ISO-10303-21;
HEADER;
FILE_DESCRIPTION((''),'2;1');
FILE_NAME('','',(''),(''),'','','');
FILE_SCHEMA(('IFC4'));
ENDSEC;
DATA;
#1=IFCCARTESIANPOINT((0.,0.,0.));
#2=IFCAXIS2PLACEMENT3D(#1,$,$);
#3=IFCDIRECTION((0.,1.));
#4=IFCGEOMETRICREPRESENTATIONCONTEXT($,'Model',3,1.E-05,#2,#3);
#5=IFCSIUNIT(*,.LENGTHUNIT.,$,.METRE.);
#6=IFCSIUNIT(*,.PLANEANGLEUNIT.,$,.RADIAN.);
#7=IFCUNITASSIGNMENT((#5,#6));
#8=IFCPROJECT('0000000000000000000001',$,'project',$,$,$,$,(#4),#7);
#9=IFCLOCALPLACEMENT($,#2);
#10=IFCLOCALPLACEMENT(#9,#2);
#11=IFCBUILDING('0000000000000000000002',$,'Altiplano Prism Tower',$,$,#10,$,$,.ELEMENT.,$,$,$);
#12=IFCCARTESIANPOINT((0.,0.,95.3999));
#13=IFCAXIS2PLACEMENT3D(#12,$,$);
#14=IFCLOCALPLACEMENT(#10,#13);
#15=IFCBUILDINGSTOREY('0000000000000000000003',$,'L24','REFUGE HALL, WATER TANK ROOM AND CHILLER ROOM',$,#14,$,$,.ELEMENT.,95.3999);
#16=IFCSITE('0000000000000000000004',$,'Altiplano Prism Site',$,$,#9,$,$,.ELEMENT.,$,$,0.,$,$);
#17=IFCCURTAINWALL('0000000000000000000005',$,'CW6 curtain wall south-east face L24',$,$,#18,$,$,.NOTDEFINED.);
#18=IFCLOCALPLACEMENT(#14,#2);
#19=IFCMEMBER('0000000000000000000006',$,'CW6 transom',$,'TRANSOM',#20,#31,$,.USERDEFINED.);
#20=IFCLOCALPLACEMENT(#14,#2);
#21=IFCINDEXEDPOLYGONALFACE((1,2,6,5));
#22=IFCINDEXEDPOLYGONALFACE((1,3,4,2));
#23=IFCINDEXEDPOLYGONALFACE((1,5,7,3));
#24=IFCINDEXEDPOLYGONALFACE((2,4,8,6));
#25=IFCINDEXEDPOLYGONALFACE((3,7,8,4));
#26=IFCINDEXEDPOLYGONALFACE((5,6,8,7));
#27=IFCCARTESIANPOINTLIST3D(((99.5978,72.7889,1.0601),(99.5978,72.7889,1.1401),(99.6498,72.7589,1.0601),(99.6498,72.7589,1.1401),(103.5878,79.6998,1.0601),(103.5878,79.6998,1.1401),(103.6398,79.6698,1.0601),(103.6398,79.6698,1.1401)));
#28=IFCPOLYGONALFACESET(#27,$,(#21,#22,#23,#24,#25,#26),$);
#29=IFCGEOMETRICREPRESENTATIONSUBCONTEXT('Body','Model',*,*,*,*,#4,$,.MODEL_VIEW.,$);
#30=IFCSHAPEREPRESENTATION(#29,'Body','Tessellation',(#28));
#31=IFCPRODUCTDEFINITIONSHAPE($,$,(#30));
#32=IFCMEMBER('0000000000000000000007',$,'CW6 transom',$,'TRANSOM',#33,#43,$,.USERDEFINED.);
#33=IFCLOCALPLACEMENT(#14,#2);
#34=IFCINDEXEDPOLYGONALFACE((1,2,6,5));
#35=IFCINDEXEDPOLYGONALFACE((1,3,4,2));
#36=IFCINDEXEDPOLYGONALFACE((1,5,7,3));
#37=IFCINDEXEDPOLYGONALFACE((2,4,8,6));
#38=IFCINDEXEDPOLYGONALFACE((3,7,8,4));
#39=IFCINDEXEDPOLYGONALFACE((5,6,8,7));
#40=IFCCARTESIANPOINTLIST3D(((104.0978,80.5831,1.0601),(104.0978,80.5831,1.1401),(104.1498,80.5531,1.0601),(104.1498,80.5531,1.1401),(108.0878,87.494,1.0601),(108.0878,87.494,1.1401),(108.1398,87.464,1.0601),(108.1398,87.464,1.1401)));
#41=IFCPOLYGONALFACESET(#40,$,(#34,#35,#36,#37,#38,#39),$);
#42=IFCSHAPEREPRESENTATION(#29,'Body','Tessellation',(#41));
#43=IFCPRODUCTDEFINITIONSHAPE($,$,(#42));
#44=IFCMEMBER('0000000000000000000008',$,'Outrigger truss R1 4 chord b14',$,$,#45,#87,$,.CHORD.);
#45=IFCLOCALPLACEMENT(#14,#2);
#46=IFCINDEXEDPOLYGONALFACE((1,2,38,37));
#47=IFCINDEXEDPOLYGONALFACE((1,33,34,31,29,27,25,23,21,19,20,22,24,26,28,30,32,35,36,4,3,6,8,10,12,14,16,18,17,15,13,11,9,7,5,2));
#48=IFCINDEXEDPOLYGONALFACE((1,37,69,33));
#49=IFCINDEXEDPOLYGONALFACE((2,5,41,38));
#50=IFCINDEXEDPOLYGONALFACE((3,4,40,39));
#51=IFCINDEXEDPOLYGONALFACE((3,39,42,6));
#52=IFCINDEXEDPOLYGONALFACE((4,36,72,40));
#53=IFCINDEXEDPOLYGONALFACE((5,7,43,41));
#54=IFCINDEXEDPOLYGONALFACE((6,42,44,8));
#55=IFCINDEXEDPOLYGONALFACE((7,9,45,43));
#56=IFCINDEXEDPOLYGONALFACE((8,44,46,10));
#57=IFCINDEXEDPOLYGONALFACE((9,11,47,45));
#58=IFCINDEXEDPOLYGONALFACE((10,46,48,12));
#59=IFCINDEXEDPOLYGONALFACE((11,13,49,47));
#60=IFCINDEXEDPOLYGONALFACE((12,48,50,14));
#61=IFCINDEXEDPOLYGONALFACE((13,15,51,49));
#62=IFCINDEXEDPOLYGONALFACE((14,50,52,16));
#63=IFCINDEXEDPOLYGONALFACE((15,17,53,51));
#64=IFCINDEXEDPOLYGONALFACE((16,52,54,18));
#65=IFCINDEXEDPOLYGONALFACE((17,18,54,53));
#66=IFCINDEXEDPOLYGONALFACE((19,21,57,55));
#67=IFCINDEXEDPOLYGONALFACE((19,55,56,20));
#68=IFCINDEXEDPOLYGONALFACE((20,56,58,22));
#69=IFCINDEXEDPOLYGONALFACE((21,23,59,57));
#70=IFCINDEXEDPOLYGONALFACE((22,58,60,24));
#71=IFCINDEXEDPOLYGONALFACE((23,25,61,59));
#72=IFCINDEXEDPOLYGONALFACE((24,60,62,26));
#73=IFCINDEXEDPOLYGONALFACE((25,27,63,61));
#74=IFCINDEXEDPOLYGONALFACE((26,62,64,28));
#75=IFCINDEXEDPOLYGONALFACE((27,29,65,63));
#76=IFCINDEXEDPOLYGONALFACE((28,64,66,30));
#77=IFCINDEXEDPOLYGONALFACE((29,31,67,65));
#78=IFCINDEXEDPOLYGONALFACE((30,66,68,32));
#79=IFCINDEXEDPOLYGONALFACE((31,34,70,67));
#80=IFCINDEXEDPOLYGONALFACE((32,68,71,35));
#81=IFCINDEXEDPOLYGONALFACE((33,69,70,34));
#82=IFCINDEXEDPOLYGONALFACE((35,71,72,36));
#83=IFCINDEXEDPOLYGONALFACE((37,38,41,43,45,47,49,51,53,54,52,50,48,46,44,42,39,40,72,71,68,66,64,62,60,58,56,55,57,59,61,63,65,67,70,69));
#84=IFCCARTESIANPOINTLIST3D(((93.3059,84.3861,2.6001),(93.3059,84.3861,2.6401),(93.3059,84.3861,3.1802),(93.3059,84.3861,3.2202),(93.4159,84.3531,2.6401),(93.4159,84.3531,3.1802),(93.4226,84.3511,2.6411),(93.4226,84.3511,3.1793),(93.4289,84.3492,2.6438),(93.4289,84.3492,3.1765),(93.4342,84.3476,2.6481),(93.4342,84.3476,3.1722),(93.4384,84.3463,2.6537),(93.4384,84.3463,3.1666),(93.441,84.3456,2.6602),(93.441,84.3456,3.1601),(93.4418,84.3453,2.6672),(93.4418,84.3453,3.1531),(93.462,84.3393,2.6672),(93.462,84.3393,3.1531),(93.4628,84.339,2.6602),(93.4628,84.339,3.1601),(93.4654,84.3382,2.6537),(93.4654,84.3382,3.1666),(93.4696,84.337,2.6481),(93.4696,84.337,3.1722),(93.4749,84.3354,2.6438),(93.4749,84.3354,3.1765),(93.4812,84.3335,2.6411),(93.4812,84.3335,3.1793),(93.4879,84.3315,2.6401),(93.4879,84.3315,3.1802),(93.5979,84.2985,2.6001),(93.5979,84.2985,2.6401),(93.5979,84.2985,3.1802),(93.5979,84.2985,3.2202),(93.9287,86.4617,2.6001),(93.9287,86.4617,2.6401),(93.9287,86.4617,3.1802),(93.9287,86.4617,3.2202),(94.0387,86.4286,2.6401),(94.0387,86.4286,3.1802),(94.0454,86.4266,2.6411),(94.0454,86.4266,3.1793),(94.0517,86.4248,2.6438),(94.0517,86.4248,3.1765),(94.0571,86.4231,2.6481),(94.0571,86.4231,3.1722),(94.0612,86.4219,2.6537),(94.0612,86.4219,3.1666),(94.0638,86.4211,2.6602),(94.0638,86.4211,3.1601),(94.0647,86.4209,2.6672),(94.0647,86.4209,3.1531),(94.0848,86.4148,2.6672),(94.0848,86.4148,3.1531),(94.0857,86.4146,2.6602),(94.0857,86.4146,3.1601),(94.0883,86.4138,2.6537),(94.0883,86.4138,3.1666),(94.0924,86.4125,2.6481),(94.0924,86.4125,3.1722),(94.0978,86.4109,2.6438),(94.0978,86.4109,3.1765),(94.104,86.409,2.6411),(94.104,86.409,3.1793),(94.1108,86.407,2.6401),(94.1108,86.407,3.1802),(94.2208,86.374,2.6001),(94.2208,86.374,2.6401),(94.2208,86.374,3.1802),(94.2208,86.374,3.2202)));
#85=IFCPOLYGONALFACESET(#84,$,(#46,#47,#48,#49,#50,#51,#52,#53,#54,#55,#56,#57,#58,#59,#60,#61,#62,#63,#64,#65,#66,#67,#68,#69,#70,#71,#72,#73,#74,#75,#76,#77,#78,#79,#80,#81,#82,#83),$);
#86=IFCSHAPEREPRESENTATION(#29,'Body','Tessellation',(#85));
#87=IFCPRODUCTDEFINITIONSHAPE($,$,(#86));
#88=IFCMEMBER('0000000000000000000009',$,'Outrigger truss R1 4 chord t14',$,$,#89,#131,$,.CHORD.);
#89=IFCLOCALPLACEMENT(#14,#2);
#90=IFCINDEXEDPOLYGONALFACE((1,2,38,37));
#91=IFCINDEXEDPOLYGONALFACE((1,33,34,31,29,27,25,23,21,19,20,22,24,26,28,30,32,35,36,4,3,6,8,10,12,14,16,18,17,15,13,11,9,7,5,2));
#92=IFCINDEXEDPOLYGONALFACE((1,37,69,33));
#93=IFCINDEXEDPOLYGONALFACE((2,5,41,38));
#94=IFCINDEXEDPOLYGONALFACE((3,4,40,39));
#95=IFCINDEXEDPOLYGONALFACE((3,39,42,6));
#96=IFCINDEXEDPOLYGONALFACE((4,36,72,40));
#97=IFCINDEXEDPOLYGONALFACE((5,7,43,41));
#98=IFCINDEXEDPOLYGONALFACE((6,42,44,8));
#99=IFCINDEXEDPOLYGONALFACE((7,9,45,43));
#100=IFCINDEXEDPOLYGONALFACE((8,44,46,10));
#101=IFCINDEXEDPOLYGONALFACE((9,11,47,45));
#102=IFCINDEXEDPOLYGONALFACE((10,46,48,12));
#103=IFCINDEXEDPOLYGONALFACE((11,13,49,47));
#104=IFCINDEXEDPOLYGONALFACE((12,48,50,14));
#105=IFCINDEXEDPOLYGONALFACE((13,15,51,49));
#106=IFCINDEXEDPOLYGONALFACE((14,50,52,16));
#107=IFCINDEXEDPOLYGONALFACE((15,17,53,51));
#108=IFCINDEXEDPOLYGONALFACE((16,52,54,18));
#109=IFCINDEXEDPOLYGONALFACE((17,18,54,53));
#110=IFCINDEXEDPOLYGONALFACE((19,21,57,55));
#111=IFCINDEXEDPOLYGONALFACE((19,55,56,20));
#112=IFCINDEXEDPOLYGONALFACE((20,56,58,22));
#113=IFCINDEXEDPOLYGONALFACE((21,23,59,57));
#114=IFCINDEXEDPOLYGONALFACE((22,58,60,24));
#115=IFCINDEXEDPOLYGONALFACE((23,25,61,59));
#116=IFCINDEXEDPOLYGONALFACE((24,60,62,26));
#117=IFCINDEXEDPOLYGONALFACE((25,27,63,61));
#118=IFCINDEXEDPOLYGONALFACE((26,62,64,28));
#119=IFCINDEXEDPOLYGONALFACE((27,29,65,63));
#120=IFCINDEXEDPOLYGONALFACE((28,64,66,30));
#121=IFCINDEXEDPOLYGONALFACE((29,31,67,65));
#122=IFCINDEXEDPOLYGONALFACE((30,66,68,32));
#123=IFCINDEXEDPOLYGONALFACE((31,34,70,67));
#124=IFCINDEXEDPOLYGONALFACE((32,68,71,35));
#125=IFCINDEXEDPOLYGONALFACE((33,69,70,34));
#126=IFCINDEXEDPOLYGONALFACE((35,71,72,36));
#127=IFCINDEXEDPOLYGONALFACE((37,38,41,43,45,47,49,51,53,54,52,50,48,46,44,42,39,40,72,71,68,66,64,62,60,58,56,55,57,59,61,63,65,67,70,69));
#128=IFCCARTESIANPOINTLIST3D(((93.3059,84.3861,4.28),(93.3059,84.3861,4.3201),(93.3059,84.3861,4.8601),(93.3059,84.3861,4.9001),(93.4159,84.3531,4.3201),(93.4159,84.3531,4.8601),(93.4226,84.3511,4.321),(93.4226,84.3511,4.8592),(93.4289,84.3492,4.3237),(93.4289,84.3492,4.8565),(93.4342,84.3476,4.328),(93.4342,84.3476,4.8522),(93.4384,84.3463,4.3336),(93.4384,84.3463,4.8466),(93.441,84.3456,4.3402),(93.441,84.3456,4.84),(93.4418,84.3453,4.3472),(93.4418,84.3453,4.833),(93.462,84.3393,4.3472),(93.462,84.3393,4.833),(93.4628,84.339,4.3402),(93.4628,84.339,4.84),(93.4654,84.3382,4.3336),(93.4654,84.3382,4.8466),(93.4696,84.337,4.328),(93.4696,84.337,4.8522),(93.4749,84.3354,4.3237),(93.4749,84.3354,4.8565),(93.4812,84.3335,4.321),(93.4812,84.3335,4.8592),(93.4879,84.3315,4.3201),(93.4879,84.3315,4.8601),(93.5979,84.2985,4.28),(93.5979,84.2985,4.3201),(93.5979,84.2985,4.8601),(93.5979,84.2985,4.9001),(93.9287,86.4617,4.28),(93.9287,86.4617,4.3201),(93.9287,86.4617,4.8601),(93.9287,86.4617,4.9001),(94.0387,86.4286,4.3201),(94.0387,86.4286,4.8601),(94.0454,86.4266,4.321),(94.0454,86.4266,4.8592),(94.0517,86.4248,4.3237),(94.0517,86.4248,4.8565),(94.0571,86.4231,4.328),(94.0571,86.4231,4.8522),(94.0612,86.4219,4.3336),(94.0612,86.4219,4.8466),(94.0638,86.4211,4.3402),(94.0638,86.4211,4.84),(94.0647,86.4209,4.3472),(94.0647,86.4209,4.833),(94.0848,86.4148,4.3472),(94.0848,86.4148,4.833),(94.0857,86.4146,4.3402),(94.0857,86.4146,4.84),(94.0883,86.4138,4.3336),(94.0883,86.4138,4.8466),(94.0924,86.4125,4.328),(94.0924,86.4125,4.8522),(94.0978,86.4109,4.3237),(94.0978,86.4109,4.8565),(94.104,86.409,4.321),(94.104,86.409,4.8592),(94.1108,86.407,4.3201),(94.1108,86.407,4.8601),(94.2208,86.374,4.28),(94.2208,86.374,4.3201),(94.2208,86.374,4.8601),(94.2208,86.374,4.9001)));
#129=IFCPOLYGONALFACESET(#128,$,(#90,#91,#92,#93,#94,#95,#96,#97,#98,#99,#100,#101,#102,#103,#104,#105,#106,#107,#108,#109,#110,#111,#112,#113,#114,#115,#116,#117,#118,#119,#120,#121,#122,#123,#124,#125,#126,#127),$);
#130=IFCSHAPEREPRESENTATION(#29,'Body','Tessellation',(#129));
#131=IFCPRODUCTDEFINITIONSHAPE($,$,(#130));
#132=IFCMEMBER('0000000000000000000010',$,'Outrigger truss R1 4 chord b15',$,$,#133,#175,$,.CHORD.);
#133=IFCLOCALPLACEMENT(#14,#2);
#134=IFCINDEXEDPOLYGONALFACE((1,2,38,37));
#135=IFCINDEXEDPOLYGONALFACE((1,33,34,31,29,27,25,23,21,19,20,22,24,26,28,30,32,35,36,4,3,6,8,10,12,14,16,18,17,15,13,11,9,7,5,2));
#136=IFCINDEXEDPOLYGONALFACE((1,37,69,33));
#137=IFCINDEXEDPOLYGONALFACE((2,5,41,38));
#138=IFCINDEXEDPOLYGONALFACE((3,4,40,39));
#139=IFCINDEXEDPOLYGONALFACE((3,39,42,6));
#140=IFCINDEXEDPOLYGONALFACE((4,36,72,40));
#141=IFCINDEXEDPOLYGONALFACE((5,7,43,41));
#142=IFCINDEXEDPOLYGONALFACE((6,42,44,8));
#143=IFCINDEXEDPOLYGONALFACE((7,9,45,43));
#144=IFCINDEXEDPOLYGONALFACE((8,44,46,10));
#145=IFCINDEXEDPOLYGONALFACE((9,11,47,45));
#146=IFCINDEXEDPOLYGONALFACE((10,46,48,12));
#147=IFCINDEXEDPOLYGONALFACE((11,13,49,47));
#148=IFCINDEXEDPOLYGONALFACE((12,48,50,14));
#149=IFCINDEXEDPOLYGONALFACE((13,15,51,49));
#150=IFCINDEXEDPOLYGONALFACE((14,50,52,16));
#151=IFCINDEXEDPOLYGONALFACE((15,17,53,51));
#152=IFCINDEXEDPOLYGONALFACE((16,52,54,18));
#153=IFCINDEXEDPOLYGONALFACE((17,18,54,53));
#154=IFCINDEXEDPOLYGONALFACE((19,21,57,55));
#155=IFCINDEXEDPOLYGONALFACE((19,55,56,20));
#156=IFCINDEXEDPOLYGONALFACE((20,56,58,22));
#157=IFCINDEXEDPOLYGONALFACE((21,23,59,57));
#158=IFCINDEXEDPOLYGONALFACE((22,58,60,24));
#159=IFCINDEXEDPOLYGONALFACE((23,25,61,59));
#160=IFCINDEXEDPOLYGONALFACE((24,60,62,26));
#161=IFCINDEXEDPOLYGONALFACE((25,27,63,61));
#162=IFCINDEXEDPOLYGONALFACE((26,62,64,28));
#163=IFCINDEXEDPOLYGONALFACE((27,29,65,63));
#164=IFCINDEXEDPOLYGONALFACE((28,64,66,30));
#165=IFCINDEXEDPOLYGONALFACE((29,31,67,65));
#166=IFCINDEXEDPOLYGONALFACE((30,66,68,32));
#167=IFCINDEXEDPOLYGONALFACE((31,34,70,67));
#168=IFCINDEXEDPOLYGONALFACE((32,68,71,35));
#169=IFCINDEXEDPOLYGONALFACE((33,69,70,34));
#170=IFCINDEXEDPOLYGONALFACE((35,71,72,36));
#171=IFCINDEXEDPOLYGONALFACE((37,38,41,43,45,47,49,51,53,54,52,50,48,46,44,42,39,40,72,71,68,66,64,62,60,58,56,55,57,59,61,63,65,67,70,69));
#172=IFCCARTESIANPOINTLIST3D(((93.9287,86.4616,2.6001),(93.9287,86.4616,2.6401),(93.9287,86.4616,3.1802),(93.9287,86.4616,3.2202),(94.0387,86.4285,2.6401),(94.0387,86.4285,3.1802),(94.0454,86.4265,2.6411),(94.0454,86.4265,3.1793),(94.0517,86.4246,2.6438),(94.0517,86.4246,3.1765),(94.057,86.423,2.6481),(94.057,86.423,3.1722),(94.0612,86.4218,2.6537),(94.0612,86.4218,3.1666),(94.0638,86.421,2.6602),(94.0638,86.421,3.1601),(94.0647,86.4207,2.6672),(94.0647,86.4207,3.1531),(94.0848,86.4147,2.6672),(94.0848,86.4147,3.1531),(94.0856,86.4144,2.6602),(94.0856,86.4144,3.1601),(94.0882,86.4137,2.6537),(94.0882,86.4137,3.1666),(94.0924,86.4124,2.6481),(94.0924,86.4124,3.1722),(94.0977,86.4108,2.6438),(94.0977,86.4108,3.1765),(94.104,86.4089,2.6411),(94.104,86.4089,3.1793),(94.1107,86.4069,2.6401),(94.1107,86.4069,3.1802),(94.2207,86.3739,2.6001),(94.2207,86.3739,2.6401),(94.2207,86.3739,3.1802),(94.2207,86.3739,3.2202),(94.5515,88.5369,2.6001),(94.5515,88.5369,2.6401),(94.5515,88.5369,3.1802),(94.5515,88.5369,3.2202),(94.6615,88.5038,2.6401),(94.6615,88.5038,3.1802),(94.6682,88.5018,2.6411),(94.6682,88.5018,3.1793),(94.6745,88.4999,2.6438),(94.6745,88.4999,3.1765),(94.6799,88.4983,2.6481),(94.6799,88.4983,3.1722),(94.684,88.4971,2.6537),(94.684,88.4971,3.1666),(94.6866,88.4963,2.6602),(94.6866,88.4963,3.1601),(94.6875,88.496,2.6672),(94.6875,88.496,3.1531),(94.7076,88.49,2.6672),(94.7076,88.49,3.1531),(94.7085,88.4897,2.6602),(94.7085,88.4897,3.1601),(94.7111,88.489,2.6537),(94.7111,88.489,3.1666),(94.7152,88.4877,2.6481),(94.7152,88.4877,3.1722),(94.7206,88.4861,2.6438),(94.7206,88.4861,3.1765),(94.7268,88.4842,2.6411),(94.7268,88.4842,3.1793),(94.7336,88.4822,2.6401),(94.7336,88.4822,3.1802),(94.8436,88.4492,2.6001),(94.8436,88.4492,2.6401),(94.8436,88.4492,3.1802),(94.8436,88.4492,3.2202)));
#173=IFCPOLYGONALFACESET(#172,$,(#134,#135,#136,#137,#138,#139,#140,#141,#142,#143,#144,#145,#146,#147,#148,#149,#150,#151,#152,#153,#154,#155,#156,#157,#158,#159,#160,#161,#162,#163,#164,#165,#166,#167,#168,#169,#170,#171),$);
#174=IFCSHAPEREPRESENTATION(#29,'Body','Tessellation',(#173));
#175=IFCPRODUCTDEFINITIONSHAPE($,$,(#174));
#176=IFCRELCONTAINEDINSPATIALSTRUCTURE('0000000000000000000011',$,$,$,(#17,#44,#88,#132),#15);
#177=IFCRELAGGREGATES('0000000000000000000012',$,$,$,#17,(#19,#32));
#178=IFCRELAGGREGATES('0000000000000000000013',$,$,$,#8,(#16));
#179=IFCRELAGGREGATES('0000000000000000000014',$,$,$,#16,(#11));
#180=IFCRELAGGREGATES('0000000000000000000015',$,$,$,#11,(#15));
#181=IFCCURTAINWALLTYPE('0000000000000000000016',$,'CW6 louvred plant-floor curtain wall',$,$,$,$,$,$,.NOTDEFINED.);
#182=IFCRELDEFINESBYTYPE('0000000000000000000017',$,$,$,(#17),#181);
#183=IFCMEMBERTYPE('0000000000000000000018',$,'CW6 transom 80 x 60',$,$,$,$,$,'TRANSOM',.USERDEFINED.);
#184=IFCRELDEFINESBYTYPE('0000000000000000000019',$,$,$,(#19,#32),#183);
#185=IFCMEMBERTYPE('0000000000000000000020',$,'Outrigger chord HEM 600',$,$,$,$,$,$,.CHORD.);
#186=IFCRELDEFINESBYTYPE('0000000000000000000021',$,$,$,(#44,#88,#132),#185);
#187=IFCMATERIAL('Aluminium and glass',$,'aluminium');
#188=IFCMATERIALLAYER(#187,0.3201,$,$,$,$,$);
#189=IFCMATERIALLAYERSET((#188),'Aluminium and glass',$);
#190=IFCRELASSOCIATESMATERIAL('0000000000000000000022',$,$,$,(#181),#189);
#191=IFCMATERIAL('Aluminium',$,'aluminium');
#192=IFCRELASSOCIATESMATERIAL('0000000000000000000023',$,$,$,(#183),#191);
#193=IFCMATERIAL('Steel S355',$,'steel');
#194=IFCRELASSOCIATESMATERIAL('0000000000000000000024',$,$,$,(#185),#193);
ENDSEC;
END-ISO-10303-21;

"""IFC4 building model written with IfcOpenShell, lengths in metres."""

from ifc_helpers import new_model, si_unit, direction, frame, origin, origin_2d, place, context, subcontext, project, spatial, rectangle, i_section, extrude, material, layer, layer_set, material_profile, profile_set, type_object, element, aggregate, save


model = new_model("IFC4")

# Units and contexts
model_context = context("Model", 3, precision=1e-05, world=origin(), true_north=direction((0.0, 1.0)))
body_context = subcontext(model_context, "Body", "Model", "MODEL_VIEW")
ifc_project = project(units=[si_unit("LENGTHUNIT", "METRE"), si_unit("PLANEANGLEUNIT", "RADIAN")], contexts=[model_context])

# Site, building, storey
site_placement = place(None, origin())
site = spatial("IfcSite", under=ifc_project, at=site_placement, Name="Altiplano Prism Site", CompositionType="ELEMENT", RefElevation=0.0)
building_placement = place(site_placement, origin())
building = spatial("IfcBuilding", under=site, at=building_placement, Name="Altiplano Prism Tower", CompositionType="ELEMENT")
storey_placement = place(building_placement, frame((0.0, 0.0, 95.3999)))
storey = spatial("IfcBuildingStorey", under=building, at=storey_placement, Name="L24", Description="REFUGE HALL, WATER TANK ROOM AND CHILLER ROOM", CompositionType="ELEMENT", Elevation=95.3999)

# Shared definitions
ifc_material_1 = material(Name="Steel S355", Category="steel")

# Curtain wall, members
ifc_material_2 = material(Name="Aluminium and glass", Category="aluminium")
ifc_layer_1 = layer(ifc_material_2, 0.3201)
ifc_layer_set_1 = layer_set([ifc_layer_1], Name="Aluminium and glass")
curtain_wall_type = type_object("IfcCurtainWallType", Name="CW6 louvred plant-floor curtain wall", PredefinedType="NOTDEFINED", material=ifc_layer_set_1)
curtain_wall_placement = place(storey_placement, origin())
curtain_wall = element("IfcCurtainWall", 1, at=curtain_wall_placement, inside=storey, type_object=curtain_wall_type, Name="CW6 curtain wall south-east face L24", PredefinedType="NOTDEFINED")
ifc_material_3 = material(Name="Aluminium", Category="aluminium")
ifc_material_profile_1 = material_profile(ifc_material_3, rectangle(XDim=0.0601, YDim=0.0801, at=origin_2d()), Name="CW6 transom 80 x 60")
ifc_profile_set_1 = profile_set([ifc_material_profile_1], Name="Aluminium")
member_type_1 = type_object("IfcMemberType", Name="CW6 transom 80 x 60", ElementType="TRANSOM", PredefinedType="USERDEFINED", material=ifc_profile_set_1)
member_1_placement = place(storey_placement, frame((99.6238, 72.7739, 1.1001), z_axis=(0.499999, 0.866026, 0.0), x_axis=(-0.866026, 0.499999, 0.0)))
member_1 = element("IfcMember", 2, at=member_1_placement, type_object=member_type_1, Name="CW6 transom", ObjectType="TRANSOM", PredefinedType="USERDEFINED", context=body_context, shape_type="SweptSolid", body=[
    extrude(rectangle(XDim=0.0601, YDim=0.0801, at=origin_2d()), origin(), (0.0, 0.0, 1.0), 7.98),
])
member_2_placement = place(storey_placement, frame((104.1238, 80.5681, 1.1001), z_axis=(0.499999, 0.866026, 0.0), x_axis=(-0.866026, 0.499999, 0.0)))
member_2 = element("IfcMember", 3, at=member_2_placement, type_object=member_type_1, Name="CW6 transom", ObjectType="TRANSOM", PredefinedType="USERDEFINED", context=body_context, shape_type="SweptSolid", body=[
    extrude(rectangle(XDim=0.0601, YDim=0.0801, at=origin_2d()), origin(), (0.0, 0.0, 1.0), 7.98),
])

# Members
ifc_material_profile_2 = material_profile(ifc_material_1, i_section(OverallWidth=0.3049, OverallDepth=0.6201, WebThickness=0.021, FlangeThickness=0.04, FilletRadius=0.0271, at=origin_2d()), Name="Outrigger chord HEM 600")
ifc_profile_set_2 = profile_set([ifc_material_profile_2], Name="Steel S355")
member_type_2 = type_object("IfcMemberType", Name="Outrigger chord HEM 600", PredefinedType="CHORD", material=ifc_profile_set_2)
for number, where, z_axis, x_axis, name in (
    (4, (93.4519, 84.3423, 2.9102), (0.28742, 0.957805, 0.0), (-0.957805, 0.28742, 0.0), "Outrigger truss R1 4 chord b14"),
    (5, (93.4519, 84.3423, 4.5901), (0.28742, 0.957805, 0.0), (-0.957805, 0.28742, 0.0), "Outrigger truss R1 4 chord t14"),
):
    element("IfcMember", number, at=place(storey_placement, frame(where, z_axis=z_axis, x_axis=x_axis)), inside=storey, type_object=member_type_2, Name=name, PredefinedType="CHORD", context=body_context, shape_type="SweptSolid", body=[
        extrude(i_section(OverallWidth=0.3049, OverallDepth=0.6201, WebThickness=0.021, FlangeThickness=0.04, FilletRadius=0.0271, at=origin_2d()), origin(), (0.0, 0.0, 1.0), 2.167),
    ])
member_3_placement = place(storey_placement, frame((94.0747, 86.4177, 2.9102), z_axis=(0.287451, 0.957795, 0.0), x_axis=(-0.957795, 0.287451, 0.0)))
element("IfcMember", 6, at=member_3_placement, inside=storey, type_object=member_type_2, Name="Outrigger truss R1 4 chord b15", PredefinedType="CHORD", context=body_context, shape_type="SweptSolid", body=[
    extrude(i_section(OverallWidth=0.3049, OverallDepth=0.6201, WebThickness=0.021, FlangeThickness=0.04, FilletRadius=0.0271, at=origin_2d()), origin(), (0.0, 0.0, 1.0), 2.1667),
])

aggregate(curtain_wall, [member_1, member_2])

save(model, "model.ifc")
